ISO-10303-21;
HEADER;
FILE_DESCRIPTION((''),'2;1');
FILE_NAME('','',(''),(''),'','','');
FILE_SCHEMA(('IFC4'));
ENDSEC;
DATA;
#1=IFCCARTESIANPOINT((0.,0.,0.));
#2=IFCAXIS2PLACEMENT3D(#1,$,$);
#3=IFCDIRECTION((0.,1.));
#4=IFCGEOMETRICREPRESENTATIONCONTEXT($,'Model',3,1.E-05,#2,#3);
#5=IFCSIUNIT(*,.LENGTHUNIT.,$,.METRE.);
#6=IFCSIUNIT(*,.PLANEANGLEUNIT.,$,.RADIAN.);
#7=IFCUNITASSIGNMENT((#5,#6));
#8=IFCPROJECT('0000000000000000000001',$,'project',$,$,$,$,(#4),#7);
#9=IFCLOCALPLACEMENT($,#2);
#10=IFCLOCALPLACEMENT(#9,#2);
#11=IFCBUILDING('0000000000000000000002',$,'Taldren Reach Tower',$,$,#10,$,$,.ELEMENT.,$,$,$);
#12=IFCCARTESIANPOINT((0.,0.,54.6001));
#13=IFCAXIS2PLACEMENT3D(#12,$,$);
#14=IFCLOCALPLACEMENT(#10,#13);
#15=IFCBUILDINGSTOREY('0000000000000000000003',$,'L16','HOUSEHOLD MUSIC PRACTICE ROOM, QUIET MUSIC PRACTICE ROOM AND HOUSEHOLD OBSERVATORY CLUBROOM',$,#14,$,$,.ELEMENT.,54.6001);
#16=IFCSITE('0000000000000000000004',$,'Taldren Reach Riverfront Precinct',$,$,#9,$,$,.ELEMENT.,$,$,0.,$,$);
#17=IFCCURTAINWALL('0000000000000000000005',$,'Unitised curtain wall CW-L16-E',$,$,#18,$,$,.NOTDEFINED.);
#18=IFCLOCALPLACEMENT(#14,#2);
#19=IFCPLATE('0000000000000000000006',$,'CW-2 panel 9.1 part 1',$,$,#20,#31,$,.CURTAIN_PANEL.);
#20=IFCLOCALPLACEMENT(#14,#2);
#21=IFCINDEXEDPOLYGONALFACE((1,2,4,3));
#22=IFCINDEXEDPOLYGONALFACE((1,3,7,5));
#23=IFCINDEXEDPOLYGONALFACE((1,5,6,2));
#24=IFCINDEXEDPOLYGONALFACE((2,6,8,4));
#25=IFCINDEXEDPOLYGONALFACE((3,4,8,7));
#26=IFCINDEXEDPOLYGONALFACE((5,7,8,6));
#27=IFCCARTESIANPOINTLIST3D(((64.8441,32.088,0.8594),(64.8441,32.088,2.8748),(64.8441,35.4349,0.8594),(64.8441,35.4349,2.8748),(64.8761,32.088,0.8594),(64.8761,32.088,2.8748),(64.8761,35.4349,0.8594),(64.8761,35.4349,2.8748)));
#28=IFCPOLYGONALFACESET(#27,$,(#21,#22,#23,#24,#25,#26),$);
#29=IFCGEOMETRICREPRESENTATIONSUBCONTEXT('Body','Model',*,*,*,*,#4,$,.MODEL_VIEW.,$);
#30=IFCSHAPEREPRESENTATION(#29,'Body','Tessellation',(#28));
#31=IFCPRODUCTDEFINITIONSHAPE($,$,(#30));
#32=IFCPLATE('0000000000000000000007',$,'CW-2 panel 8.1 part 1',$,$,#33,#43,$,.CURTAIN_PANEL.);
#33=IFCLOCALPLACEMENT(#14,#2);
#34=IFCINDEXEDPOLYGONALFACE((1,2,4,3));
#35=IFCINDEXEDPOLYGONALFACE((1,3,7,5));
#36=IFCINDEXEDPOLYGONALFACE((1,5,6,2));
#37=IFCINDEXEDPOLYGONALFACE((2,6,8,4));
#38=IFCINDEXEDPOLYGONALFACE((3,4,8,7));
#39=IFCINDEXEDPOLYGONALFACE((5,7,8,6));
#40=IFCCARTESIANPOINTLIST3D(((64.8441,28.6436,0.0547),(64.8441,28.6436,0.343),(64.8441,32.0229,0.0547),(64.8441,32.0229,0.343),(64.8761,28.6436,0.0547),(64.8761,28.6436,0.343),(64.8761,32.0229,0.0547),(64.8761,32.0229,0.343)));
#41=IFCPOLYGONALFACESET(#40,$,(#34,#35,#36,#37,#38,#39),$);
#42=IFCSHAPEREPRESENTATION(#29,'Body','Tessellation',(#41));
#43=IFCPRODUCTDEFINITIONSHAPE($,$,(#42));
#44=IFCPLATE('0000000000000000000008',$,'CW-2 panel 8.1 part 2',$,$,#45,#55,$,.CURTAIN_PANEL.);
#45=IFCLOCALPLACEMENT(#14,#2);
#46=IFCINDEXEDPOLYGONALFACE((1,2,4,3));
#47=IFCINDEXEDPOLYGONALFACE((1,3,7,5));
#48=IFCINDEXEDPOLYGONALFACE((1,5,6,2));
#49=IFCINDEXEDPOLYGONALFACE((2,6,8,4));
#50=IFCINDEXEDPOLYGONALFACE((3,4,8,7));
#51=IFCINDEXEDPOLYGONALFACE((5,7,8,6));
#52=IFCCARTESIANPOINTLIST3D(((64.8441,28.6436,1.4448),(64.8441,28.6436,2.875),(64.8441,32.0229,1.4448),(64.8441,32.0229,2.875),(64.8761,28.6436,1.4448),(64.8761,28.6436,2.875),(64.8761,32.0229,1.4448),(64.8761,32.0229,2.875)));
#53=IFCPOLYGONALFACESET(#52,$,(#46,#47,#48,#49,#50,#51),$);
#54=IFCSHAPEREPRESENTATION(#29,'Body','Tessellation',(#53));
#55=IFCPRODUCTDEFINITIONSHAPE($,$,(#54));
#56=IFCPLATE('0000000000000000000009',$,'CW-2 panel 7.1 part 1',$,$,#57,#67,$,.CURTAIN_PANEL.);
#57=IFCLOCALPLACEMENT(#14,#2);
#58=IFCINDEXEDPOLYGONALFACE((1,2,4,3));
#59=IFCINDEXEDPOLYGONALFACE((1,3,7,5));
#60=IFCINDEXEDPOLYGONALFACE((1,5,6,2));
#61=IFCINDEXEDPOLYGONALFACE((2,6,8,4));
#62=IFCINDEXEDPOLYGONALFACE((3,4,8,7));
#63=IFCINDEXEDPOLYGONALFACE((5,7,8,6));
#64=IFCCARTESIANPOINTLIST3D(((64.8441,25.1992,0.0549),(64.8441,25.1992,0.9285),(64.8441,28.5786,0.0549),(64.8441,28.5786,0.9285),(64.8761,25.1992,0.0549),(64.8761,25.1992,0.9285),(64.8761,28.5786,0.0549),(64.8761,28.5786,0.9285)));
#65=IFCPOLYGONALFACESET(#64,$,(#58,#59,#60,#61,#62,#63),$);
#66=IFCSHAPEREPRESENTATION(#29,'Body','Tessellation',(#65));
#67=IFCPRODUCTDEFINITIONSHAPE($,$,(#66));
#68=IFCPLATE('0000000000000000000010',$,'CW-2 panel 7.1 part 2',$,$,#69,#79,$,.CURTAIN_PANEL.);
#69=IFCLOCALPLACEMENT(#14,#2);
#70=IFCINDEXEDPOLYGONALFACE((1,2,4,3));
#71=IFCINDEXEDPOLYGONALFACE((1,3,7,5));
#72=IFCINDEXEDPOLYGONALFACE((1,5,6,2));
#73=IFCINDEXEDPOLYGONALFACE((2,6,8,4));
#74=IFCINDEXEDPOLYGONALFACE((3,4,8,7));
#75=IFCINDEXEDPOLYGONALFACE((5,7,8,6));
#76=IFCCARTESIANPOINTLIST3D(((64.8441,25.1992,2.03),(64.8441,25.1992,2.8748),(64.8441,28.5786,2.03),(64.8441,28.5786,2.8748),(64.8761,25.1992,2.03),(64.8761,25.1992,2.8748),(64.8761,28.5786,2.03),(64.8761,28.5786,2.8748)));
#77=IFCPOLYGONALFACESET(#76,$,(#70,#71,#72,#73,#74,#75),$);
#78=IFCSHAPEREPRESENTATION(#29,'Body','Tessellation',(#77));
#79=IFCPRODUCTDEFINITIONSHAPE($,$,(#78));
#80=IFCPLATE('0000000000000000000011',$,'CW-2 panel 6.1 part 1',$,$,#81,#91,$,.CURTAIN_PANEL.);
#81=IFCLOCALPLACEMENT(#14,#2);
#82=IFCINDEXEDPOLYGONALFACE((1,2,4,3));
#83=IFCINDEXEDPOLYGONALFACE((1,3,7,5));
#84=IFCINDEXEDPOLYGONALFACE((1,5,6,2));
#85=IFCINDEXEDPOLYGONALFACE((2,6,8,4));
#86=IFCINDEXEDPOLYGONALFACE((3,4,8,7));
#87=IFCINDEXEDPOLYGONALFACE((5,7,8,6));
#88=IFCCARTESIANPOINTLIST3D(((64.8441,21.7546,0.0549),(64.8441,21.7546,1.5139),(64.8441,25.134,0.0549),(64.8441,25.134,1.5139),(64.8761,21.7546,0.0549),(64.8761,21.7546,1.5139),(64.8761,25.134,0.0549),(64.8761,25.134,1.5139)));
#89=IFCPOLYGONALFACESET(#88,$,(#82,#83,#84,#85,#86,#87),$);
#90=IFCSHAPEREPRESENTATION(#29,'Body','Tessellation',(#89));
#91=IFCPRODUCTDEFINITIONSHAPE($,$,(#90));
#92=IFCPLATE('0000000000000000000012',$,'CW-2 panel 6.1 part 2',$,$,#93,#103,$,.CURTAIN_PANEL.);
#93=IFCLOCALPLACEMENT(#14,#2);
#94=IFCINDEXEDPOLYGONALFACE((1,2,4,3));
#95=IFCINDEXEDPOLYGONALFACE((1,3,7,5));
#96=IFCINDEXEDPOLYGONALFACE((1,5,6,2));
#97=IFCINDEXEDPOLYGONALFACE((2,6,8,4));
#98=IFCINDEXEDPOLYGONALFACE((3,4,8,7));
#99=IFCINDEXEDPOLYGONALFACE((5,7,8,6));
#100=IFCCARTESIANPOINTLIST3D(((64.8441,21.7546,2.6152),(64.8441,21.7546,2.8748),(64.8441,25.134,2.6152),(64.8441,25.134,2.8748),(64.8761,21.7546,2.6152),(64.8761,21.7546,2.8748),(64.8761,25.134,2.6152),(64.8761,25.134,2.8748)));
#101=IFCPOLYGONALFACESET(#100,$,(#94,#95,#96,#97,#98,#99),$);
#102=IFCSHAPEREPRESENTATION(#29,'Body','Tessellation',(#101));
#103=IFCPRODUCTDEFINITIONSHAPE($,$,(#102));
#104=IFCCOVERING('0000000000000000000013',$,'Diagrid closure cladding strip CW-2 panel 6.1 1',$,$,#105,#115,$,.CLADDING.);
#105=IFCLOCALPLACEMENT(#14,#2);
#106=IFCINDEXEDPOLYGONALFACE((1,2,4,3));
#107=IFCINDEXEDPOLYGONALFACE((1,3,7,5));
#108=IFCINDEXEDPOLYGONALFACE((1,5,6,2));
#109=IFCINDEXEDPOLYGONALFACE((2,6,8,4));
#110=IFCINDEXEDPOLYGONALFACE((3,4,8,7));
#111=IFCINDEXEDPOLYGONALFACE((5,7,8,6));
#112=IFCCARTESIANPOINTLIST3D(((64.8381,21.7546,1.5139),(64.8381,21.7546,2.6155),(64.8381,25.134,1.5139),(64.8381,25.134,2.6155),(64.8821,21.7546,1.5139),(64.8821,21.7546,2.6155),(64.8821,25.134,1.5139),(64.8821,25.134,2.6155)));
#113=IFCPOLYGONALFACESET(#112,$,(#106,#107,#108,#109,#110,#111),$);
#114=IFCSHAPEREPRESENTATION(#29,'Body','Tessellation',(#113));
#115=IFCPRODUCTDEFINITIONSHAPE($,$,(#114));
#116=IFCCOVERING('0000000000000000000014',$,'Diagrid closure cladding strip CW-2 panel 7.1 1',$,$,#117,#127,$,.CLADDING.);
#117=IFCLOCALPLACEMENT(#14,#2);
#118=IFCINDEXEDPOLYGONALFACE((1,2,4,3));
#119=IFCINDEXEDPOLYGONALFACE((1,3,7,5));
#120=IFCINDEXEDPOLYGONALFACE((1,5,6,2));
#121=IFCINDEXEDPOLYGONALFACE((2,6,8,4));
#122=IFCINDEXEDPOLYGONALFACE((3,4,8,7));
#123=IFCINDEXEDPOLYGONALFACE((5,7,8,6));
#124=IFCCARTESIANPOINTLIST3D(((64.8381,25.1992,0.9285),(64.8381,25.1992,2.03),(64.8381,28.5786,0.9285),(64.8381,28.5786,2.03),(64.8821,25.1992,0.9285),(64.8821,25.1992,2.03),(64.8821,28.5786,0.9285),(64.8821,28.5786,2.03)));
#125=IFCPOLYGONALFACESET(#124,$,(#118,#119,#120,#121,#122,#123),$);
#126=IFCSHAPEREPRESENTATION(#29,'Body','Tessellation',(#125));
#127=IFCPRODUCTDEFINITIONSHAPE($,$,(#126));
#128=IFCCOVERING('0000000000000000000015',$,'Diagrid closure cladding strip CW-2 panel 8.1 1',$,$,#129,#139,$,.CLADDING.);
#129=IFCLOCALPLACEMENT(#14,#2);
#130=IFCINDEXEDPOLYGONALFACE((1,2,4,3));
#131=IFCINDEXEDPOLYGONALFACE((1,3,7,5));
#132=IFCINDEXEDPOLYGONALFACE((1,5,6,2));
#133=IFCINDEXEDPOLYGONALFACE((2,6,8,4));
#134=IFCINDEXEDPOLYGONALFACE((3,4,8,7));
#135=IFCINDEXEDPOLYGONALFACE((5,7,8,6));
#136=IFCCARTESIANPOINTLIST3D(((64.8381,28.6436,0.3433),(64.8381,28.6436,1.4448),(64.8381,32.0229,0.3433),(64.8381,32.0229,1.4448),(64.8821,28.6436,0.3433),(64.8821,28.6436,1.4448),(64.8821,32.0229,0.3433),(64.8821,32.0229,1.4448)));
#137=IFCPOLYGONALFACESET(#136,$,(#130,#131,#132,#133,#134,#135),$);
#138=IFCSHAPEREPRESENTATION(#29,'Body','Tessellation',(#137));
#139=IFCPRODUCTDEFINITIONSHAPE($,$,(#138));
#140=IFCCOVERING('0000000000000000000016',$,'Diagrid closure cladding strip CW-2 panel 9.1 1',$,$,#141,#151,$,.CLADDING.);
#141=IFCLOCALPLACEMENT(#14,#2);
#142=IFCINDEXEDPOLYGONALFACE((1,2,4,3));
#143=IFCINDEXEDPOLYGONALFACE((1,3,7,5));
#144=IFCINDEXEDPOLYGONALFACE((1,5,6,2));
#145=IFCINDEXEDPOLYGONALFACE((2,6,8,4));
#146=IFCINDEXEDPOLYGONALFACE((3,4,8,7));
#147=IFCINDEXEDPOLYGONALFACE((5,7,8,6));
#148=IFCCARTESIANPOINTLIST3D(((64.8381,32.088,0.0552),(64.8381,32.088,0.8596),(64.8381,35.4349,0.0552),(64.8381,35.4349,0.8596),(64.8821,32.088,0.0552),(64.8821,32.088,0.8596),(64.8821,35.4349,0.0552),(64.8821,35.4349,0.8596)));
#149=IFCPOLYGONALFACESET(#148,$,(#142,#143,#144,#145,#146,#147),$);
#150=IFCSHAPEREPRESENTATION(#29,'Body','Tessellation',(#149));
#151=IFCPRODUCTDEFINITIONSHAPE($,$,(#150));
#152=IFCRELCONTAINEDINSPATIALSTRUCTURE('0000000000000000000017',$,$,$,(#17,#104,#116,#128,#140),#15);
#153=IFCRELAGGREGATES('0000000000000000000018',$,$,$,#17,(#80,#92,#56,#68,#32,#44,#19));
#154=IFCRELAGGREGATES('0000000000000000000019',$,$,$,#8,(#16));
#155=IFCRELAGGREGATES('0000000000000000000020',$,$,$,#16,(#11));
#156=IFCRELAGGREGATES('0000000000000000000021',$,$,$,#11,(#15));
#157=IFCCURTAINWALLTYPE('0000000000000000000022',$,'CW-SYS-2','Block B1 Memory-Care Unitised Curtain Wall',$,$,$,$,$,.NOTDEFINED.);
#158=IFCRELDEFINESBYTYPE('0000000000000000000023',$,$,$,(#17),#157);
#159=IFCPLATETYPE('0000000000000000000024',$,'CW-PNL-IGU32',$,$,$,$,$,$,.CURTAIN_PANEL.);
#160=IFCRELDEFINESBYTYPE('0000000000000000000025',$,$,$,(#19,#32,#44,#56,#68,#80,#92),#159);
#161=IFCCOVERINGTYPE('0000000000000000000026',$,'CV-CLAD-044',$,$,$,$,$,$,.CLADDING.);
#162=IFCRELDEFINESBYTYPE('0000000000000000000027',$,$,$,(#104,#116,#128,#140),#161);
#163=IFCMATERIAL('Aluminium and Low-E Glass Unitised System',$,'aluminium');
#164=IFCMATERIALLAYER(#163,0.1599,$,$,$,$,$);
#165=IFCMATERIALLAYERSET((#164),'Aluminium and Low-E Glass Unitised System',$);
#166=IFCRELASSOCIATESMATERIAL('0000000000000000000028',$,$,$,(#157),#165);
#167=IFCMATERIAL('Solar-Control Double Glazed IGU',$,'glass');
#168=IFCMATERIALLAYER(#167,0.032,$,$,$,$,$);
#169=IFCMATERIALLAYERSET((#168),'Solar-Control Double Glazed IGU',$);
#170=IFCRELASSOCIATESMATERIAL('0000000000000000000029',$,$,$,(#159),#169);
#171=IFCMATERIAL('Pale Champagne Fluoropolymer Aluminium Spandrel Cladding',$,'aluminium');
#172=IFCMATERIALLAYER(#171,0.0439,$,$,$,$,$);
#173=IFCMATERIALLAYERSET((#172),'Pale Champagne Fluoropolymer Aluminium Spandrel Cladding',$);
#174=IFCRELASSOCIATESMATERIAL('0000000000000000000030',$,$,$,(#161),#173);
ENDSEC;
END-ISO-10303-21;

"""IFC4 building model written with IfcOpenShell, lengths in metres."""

from ifc_helpers import new_model, si_unit, direction, frame, origin, origin_2d, place, context, subcontext, project, spatial, rectangle, extrude, source, transform, mapped, material, layer, layer_set, type_object, element, aggregate, save


model = new_model("IFC4")

# Units and contexts
model_context = context("Model", 3, precision=1e-05, world=origin(), true_north=direction((0.0, 1.0)))
body_context = subcontext(model_context, "Body", "Model", "MODEL_VIEW")
ifc_project = project(units=[si_unit("LENGTHUNIT", "METRE"), si_unit("PLANEANGLEUNIT", "RADIAN")], contexts=[model_context])

# Site, building, storey
site_placement = place(None, origin())
site = spatial("IfcSite", under=ifc_project, at=site_placement, Name="Taldren Reach Riverfront Precinct", CompositionType="ELEMENT", RefElevation=0.0)
building_placement = place(site_placement, origin())
building = spatial("IfcBuilding", under=site, at=building_placement, Name="Taldren Reach Tower", CompositionType="ELEMENT")
storey_placement = place(building_placement, frame((0.0, 0.0, 54.6001)))
storey = spatial("IfcBuildingStorey", under=building, at=storey_placement, Name="L16", Description="HOUSEHOLD MUSIC PRACTICE ROOM, QUIET MUSIC PRACTICE ROOM AND HOUSEHOLD OBSERVATORY CLUBROOM", CompositionType="ELEMENT", Elevation=54.6001)

# Curtain wall, plates
ifc_material_1 = material(Name="Aluminium and Low-E Glass Unitised System", Category="aluminium")
ifc_layer_1 = layer(ifc_material_1, 0.1599)
ifc_layer_set_1 = layer_set([ifc_layer_1], Name="Aluminium and Low-E Glass Unitised System")
curtain_wall_type = type_object("IfcCurtainWallType", Name="CW-SYS-2", Description="Block B1 Memory-Care Unitised Curtain Wall", PredefinedType="NOTDEFINED", material=ifc_layer_set_1)
curtain_wall_placement = place(storey_placement, origin())
curtain_wall = element("IfcCurtainWall", 1, at=curtain_wall_placement, inside=storey, type_object=curtain_wall_type, Name="Unitised curtain wall CW-L16-E", PredefinedType="NOTDEFINED")
ifc_material_2 = material(Name="Solar-Control Double Glazed IGU", Category="glass")
ifc_layer_2 = layer(ifc_material_2, 0.032)
ifc_layer_set_2 = layer_set([ifc_layer_2], Name="Solar-Control Double Glazed IGU")
plate_type = type_object("IfcPlateType", Name="CW-PNL-IGU32", PredefinedType="CURTAIN_PANEL", material=ifc_layer_set_2)
shared_shape_1 = source(origin(), body_context, "Body", "SweptSolid", [
    extrude(rectangle(XDim=3.3469, YDim=0.032, at=origin_2d()), origin(), (0.0, 0.0, 1.0), 2.0154),
])
plate_1_placement = place(storey_placement, frame((64.8601, 33.7615, 0.8594), z_axis=(0.0, 0.0, 1.0), x_axis=(0.0, 1.0, 0.0)))
plate_1 = element("IfcPlate", 2, at=plate_1_placement, type_object=plate_type, Name="CW-2 panel 9.1 part 1", PredefinedType="CURTAIN_PANEL", context=body_context, shape_type="MappedRepresentation", body=[
    mapped(shared_shape_1, transform((0.0, 0.0, 0.0), scale=1.0)),
])
shared_shape_2 = source(origin(), body_context, "Body", "SweptSolid", [
    extrude(rectangle(XDim=3.3794, YDim=0.032, at=origin_2d()), origin(), (0.0, 0.0, 1.0), 0.2883),
])
plate_2_placement = place(storey_placement, frame((64.8601, 30.3333, 0.0547), z_axis=(0.0, 0.0, 1.0), x_axis=(0.0, 1.0, 0.0)))
plate_2 = element("IfcPlate", 3, at=plate_2_placement, type_object=plate_type, Name="CW-2 panel 8.1 part 1", PredefinedType="CURTAIN_PANEL", context=body_context, shape_type="MappedRepresentation", body=[
    mapped(shared_shape_2, transform((0.0, 0.0, 0.0), scale=1.0)),
])
shared_shape_3 = source(origin(), body_context, "Body", "SweptSolid", [
    extrude(rectangle(XDim=3.3794, YDim=0.032, at=origin_2d()), origin(), (0.0, 0.0, 1.0), 1.4302),
])
plate_3_placement = place(storey_placement, frame((64.8601, 30.3333, 1.4448), z_axis=(0.0, 0.0, 1.0), x_axis=(0.0, 1.0, 0.0)))
plate_3 = element("IfcPlate", 4, at=plate_3_placement, type_object=plate_type, Name="CW-2 panel 8.1 part 2", PredefinedType="CURTAIN_PANEL", context=body_context, shape_type="MappedRepresentation", body=[
    mapped(shared_shape_3, transform((0.0, 0.0, 0.0), scale=1.0)),
])
shared_shape_4 = source(origin(), body_context, "Body", "SweptSolid", [
    extrude(rectangle(XDim=3.3794, YDim=0.032, at=origin_2d()), origin(), (0.0, 0.0, 1.0), 0.8735),
])
plate_4_placement = place(storey_placement, frame((64.8601, 26.8889, 0.0549), z_axis=(0.0, 0.0, 1.0), x_axis=(0.0, 1.0, 0.0)))
plate_4 = element("IfcPlate", 5, at=plate_4_placement, type_object=plate_type, Name="CW-2 panel 7.1 part 1", PredefinedType="CURTAIN_PANEL", context=body_context, shape_type="MappedRepresentation", body=[
    mapped(shared_shape_4, transform((0.0, 0.0, 0.0), scale=1.0)),
])
shared_shape_5 = source(origin(), body_context, "Body", "SweptSolid", [
    extrude(rectangle(XDim=3.3794, YDim=0.032, at=origin_2d()), origin(), (0.0, 0.0, 1.0), 0.8447),
])
plate_5_placement = place(storey_placement, frame((64.8601, 26.8889, 2.03), z_axis=(0.0, 0.0, 1.0), x_axis=(0.0, 1.0, 0.0)))
plate_5 = element("IfcPlate", 6, at=plate_5_placement, type_object=plate_type, Name="CW-2 panel 7.1 part 2", PredefinedType="CURTAIN_PANEL", context=body_context, shape_type="MappedRepresentation", body=[
    mapped(shared_shape_5, transform((0.0, 0.0, 0.0), scale=1.0)),
])
shared_shape_6 = source(origin(), body_context, "Body", "SweptSolid", [
    extrude(rectangle(XDim=3.3794, YDim=0.032, at=origin_2d()), origin(), (0.0, 0.0, 1.0), 1.459),
])
plate_6_placement = place(storey_placement, frame((64.8601, 23.4443, 0.0549), z_axis=(0.0, 0.0, 1.0), x_axis=(0.0, 1.0, 0.0)))
plate_6 = element("IfcPlate", 7, at=plate_6_placement, type_object=plate_type, Name="CW-2 panel 6.1 part 1", PredefinedType="CURTAIN_PANEL", context=body_context, shape_type="MappedRepresentation", body=[
    mapped(shared_shape_6, transform((0.0, 0.0, 0.0), scale=1.0)),
])
shared_shape_7 = source(origin(), body_context, "Body", "SweptSolid", [
    extrude(rectangle(XDim=3.3794, YDim=0.032, at=origin_2d()), origin(), (0.0, 0.0, 1.0), 0.2595),
])
plate_7_placement = place(storey_placement, frame((64.8601, 23.4443, 2.6152), z_axis=(0.0, 0.0, 1.0), x_axis=(0.0, 1.0, 0.0)))
plate_7 = element("IfcPlate", 8, at=plate_7_placement, type_object=plate_type, Name="CW-2 panel 6.1 part 2", PredefinedType="CURTAIN_PANEL", context=body_context, shape_type="MappedRepresentation", body=[
    mapped(shared_shape_7, transform((0.0, 0.0, 0.0), scale=1.0)),
])
aggregate(curtain_wall, [plate_6, plate_7, plate_4, plate_5, plate_2, plate_3, plate_1])

# Coverings
ifc_material_3 = material(Name="Pale Champagne Fluoropolymer Aluminium Spandrel Cladding", Category="aluminium")
ifc_layer_3 = layer(ifc_material_3, 0.0439)
ifc_layer_set_3 = layer_set([ifc_layer_3], Name="Pale Champagne Fluoropolymer Aluminium Spandrel Cladding")
covering_type = type_object("IfcCoveringType", Name="CV-CLAD-044", PredefinedType="CLADDING", material=ifc_layer_set_3)
shared_shape_8 = source(origin(), body_context, "Body", "SweptSolid", [
    extrude(rectangle(XDim=3.3794, YDim=0.0439, at=origin_2d()), origin(), (0.0, 0.0, 1.0), 1.1016),
])
for number, where, z_axis, x_axis, name in (
    (9, (64.8601, 23.4443, 1.5139), (0.0, 0.0, 1.0), (0.0, 1.0, 0.0), "Diagrid closure cladding strip CW-2 panel 6.1 1"),
    (10, (64.8601, 26.8889, 0.9285), (0.0, 0.0, 1.0), (0.0, 1.0, 0.0), "Diagrid closure cladding strip CW-2 panel 7.1 1"),
    (11, (64.8601, 30.3333, 0.3433), (0.0, 0.0, 1.0), (0.0, 1.0, 0.0), "Diagrid closure cladding strip CW-2 panel 8.1 1"),
):
    element("IfcCovering", number, at=place(storey_placement, frame(where, z_axis=z_axis, x_axis=x_axis)), inside=storey, type_object=covering_type, Name=name, PredefinedType="CLADDING", context=body_context, shape_type="MappedRepresentation", body=[
        mapped(shared_shape_8, transform((0.0, 0.0, 0.0), scale=1.0)),
    ])
shared_shape_9 = source(origin(), body_context, "Body", "SweptSolid", [
    extrude(rectangle(XDim=3.3469, YDim=0.0439, at=origin_2d()), origin(), (0.0, 0.0, 1.0), 0.8044),
])
covering_placement = place(storey_placement, frame((64.8601, 33.7615, 0.0552), z_axis=(0.0, 0.0, 1.0), x_axis=(0.0, 1.0, 0.0)))
element("IfcCovering", 12, at=covering_placement, inside=storey, type_object=covering_type, Name="Diagrid closure cladding strip CW-2 panel 9.1 1", PredefinedType="CLADDING", context=body_context, shape_type="MappedRepresentation", body=[
    mapped(shared_shape_9, transform((0.0, 0.0, 0.0), scale=1.0)),
])

save(model, "model.ifc")
